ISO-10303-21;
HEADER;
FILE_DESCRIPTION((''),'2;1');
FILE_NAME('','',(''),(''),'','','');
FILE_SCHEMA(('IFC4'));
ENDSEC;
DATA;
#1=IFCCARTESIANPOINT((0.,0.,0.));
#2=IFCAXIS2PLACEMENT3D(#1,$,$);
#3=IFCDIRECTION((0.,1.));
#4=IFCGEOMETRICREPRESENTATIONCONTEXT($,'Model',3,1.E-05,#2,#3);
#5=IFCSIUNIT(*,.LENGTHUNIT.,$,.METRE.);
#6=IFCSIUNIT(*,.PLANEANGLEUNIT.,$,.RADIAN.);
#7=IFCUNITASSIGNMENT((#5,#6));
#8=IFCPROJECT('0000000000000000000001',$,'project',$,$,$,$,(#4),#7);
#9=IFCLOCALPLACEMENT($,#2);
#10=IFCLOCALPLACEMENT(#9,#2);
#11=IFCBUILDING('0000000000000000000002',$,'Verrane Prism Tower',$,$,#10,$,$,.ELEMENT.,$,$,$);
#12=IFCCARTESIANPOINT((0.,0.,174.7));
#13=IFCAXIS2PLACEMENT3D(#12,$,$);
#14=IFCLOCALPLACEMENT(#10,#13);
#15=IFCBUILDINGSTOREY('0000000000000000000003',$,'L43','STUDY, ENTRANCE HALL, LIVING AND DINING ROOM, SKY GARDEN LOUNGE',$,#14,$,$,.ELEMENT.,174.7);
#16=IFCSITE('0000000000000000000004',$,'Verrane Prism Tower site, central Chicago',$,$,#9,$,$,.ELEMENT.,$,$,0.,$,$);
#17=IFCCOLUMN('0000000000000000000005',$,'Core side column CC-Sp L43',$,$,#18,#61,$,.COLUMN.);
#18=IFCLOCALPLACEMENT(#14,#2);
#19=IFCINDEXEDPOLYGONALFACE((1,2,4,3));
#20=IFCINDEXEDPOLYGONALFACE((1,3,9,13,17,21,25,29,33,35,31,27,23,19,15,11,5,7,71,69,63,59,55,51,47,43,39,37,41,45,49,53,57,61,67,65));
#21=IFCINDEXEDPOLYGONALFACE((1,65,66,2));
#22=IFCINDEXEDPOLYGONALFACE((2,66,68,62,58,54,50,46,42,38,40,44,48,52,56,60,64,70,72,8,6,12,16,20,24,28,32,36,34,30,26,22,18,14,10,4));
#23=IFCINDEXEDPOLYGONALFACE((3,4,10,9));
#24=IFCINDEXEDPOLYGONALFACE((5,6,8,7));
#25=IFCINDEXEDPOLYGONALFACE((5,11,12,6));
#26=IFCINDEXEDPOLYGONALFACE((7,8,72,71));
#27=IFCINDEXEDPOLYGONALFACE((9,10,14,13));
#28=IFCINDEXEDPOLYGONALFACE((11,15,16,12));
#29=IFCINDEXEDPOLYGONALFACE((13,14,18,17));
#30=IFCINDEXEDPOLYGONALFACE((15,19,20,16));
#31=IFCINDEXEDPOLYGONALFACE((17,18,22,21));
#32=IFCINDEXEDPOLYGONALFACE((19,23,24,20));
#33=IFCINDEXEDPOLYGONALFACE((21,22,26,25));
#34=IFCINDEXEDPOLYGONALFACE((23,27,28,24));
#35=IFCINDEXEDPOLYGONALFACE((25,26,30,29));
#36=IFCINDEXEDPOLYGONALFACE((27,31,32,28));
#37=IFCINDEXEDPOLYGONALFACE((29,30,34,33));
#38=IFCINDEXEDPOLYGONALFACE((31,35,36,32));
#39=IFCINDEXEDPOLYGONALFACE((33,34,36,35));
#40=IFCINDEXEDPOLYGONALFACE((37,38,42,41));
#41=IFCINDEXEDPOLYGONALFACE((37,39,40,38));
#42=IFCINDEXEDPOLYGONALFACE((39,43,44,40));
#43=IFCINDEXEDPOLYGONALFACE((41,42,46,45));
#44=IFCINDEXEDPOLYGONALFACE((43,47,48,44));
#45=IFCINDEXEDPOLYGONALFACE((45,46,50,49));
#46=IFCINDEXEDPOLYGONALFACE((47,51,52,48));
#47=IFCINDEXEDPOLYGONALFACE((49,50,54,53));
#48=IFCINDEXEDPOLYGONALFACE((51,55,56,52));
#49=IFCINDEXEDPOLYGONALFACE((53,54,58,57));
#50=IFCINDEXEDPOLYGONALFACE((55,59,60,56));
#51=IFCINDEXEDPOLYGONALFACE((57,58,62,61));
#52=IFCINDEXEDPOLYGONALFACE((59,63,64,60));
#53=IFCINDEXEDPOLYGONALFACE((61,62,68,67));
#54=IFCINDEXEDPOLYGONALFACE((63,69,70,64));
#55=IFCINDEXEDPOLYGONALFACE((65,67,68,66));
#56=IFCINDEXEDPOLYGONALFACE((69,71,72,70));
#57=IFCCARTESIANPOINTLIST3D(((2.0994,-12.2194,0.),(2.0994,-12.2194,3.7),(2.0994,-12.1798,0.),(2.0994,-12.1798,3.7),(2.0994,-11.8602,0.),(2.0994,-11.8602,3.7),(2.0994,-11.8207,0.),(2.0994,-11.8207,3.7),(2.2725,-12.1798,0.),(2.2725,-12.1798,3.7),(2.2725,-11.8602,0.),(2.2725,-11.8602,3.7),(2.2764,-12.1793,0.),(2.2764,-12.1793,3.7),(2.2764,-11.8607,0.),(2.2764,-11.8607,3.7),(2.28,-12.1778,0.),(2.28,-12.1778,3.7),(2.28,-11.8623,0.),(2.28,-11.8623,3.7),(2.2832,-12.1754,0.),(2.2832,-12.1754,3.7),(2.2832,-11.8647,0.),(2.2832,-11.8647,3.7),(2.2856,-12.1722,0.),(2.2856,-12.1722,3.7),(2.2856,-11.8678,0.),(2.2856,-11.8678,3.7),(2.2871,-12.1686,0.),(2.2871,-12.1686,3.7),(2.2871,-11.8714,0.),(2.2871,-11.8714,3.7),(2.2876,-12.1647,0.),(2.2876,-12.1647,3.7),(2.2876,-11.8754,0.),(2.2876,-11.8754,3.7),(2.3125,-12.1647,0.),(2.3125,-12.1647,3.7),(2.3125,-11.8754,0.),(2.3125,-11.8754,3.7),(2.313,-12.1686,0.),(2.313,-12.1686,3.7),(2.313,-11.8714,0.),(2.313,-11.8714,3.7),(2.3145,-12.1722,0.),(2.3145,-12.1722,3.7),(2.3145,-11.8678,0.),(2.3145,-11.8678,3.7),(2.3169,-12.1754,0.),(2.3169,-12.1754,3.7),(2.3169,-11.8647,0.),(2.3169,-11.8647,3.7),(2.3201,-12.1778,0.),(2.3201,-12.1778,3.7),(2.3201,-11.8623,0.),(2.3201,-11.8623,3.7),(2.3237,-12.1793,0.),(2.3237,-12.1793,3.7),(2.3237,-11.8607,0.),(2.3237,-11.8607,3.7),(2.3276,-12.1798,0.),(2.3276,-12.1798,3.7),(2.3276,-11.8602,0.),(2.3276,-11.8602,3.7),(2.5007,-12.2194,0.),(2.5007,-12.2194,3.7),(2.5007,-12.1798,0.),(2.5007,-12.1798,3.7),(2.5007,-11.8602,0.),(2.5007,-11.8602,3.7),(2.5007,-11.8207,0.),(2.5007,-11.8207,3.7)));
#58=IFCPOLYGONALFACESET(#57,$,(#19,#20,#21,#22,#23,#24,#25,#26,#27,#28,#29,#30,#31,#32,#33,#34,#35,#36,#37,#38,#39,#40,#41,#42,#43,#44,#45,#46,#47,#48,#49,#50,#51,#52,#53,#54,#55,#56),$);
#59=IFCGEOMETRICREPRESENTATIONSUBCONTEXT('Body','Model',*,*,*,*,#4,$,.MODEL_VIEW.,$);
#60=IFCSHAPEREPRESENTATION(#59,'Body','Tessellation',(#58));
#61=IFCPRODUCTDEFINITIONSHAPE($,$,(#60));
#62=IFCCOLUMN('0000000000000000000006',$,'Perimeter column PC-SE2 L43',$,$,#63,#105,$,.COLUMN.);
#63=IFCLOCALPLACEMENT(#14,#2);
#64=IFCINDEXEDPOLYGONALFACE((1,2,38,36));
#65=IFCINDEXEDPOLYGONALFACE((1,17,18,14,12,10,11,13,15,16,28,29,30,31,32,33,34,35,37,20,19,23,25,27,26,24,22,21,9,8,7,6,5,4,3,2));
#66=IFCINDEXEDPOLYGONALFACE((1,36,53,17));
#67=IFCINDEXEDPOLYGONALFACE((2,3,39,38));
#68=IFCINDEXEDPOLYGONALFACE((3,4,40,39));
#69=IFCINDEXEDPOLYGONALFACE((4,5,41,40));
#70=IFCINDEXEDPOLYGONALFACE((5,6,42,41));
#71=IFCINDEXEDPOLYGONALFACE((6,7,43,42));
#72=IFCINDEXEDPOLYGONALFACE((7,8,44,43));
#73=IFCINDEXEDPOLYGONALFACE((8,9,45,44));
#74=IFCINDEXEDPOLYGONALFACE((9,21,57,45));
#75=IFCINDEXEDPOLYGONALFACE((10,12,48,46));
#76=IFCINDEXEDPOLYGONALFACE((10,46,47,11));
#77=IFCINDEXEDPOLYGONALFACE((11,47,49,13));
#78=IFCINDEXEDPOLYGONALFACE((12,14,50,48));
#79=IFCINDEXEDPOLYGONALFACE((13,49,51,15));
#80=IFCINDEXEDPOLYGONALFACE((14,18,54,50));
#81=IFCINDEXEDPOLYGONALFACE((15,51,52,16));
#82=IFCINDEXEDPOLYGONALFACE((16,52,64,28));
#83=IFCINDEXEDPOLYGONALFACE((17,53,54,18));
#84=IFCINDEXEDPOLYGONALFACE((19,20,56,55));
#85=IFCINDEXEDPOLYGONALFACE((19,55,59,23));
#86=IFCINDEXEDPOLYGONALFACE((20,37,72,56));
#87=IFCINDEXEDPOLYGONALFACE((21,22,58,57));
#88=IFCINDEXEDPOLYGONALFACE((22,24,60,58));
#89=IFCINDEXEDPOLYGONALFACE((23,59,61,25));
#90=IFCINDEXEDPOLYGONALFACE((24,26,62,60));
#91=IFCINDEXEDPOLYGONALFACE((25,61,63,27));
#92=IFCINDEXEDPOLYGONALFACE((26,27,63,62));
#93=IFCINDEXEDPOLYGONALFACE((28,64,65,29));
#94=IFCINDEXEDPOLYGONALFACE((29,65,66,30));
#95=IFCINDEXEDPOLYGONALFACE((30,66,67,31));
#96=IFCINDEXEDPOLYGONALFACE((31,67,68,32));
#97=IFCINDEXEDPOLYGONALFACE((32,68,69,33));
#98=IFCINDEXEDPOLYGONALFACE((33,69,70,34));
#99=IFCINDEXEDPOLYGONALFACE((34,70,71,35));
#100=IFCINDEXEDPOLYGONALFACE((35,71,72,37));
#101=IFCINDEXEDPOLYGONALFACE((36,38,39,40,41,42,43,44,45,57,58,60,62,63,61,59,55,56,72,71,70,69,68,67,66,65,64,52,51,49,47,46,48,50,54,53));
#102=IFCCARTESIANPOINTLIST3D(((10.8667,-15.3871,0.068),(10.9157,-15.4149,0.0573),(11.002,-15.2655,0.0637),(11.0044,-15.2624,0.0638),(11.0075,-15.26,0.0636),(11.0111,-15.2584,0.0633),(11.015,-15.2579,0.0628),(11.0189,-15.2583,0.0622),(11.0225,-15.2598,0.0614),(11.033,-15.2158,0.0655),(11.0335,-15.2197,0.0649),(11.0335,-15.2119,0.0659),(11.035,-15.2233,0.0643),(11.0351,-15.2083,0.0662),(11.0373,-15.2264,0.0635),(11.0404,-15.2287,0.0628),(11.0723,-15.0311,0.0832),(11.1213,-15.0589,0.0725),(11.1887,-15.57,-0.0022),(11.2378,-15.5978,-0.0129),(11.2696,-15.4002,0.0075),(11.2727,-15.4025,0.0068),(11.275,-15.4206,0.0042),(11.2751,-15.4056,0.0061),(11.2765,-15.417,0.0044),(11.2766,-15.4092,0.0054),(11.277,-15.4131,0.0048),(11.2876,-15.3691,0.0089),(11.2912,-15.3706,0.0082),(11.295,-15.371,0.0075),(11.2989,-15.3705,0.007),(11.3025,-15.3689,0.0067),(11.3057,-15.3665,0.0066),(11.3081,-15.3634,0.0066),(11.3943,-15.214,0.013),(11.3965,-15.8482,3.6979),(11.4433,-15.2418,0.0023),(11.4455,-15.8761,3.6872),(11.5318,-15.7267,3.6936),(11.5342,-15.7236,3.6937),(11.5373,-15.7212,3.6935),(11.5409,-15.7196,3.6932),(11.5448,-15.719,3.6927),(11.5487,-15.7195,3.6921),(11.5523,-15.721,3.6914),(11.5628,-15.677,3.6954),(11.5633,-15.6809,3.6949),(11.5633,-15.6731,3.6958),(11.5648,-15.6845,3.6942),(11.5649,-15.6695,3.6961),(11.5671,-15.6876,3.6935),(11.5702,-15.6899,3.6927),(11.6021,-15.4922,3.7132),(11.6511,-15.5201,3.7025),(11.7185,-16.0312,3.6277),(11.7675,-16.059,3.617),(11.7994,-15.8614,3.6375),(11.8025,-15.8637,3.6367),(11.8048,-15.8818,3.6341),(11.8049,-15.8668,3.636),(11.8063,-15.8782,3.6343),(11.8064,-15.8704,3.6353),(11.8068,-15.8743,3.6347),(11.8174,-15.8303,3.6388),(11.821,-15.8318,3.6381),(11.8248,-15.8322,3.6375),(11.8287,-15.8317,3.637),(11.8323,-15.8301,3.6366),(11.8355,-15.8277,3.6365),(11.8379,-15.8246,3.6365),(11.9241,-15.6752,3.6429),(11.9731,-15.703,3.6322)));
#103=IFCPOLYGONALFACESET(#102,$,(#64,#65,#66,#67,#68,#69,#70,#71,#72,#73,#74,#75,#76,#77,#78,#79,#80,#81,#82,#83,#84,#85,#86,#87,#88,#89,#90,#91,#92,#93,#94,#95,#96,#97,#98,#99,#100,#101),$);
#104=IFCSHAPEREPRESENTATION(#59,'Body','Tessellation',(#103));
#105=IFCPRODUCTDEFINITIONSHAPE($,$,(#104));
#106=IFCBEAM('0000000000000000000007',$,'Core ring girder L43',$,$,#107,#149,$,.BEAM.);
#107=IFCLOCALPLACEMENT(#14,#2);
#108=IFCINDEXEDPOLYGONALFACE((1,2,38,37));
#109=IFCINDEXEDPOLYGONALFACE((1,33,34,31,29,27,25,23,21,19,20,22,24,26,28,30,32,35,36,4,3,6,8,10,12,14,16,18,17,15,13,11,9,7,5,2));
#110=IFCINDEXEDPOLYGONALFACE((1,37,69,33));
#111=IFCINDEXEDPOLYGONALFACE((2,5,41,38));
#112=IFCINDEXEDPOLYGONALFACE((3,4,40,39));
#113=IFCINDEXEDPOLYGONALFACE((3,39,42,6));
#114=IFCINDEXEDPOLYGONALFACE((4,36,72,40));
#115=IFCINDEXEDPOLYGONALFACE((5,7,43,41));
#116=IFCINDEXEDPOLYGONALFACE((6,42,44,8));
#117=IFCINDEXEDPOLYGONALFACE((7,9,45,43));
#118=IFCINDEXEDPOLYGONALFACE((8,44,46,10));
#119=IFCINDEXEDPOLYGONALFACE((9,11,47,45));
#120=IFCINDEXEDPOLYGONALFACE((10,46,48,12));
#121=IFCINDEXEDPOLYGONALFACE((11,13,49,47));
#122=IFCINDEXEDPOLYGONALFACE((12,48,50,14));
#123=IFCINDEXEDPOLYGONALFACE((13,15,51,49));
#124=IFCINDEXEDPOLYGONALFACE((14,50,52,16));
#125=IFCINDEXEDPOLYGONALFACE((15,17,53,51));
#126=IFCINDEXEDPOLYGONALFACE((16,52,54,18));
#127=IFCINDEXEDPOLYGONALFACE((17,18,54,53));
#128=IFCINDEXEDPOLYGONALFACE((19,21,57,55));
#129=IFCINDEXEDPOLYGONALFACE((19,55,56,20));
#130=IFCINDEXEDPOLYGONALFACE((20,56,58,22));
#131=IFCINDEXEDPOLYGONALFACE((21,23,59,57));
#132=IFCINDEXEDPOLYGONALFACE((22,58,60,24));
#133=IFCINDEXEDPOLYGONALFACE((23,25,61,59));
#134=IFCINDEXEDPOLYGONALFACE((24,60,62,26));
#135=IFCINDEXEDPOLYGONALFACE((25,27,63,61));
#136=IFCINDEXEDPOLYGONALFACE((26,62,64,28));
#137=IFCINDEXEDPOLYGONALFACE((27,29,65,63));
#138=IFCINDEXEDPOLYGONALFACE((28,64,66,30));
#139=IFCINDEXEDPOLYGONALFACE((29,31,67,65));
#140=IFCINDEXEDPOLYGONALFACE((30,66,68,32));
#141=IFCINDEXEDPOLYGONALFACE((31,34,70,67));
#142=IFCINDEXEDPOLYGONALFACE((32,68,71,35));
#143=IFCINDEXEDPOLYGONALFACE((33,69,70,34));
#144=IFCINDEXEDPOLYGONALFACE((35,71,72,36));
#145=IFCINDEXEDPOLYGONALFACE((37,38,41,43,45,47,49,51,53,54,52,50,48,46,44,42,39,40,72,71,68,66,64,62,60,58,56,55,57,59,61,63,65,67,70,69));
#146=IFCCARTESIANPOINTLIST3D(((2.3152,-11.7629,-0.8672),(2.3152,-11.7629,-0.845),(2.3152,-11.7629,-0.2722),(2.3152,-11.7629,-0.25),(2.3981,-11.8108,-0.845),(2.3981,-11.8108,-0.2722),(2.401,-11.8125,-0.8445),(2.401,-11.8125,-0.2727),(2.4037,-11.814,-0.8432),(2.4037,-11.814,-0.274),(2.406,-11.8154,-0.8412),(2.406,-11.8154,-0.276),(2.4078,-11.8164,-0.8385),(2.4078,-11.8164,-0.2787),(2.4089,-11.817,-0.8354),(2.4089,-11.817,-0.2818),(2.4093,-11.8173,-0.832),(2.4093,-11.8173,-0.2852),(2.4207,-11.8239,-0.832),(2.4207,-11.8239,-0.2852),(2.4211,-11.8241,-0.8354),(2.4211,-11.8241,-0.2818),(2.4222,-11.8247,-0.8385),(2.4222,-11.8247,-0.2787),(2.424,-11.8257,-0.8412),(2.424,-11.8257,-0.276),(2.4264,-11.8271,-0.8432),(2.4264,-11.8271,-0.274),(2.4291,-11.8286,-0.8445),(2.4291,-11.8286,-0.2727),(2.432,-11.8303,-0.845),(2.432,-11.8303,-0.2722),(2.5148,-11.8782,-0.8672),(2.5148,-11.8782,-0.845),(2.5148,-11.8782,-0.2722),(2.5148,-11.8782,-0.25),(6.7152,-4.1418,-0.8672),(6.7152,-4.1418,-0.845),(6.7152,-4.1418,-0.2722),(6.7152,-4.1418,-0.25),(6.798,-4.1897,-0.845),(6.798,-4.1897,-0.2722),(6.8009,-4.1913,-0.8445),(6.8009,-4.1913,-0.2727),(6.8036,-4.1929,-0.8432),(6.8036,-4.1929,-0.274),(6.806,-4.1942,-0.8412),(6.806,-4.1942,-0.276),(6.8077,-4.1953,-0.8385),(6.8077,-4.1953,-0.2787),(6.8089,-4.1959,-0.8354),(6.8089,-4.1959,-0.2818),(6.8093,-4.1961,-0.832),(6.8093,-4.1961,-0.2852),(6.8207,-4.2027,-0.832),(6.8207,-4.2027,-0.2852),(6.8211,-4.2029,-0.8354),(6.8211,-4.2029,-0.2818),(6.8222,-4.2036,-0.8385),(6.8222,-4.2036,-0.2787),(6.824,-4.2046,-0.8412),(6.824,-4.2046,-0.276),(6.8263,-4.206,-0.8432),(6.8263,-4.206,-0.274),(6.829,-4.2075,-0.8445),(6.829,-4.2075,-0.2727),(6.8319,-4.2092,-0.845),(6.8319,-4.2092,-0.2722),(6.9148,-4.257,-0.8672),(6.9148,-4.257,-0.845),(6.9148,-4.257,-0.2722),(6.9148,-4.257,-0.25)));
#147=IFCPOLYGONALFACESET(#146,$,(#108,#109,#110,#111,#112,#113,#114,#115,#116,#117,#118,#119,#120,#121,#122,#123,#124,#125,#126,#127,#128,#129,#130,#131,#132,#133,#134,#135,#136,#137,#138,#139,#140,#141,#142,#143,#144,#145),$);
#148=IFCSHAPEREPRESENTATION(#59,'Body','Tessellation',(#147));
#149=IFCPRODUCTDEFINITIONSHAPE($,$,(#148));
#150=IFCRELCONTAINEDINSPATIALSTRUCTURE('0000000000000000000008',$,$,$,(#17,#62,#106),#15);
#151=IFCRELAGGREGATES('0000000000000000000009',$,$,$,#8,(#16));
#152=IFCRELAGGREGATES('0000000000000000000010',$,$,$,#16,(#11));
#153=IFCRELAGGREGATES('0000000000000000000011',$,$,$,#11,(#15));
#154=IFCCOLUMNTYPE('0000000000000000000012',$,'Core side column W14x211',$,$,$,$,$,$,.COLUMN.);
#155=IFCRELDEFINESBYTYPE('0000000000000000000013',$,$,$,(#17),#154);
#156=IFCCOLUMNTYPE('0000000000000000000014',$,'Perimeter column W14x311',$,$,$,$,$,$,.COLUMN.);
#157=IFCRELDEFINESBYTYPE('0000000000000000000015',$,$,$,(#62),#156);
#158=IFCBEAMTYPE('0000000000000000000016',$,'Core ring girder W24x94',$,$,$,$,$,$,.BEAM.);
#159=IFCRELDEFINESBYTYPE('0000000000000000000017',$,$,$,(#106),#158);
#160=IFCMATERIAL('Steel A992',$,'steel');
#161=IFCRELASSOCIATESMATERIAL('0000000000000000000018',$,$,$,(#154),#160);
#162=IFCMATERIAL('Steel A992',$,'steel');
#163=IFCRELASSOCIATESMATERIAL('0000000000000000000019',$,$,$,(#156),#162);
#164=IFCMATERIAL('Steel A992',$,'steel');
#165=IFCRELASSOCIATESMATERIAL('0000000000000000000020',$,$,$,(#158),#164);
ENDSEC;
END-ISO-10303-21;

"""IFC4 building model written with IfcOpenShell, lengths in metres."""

from ifc_helpers import new_model, si_unit, direction, frame, origin, origin_2d, place, context, subcontext, project, spatial, i_section, extrude, material, material_profile, profile_set, type_object, element, save


model = new_model("IFC4")

# Units and contexts
model_context = context("Model", 3, precision=1e-05, world=origin(), true_north=direction((0.0, 1.0)))
body_context = subcontext(model_context, "Body", "Model", "MODEL_VIEW")
ifc_project = project(units=[si_unit("LENGTHUNIT", "METRE"), si_unit("PLANEANGLEUNIT", "RADIAN")], contexts=[model_context])

# Site, building, storey
site_placement = place(None, origin())
site = spatial("IfcSite", under=ifc_project, at=site_placement, Name="Verrane Prism Tower site, central Chicago", CompositionType="ELEMENT", RefElevation=0.0)
building_placement = place(site_placement, origin())
building = spatial("IfcBuilding", under=site, at=building_placement, Name="Verrane Prism Tower", CompositionType="ELEMENT")
storey_placement = place(building_placement, frame((0.0, 0.0, 174.7)))
storey = spatial("IfcBuildingStorey", under=building, at=storey_placement, Name="L43", Description="STUDY, ENTRANCE HALL, LIVING AND DINING ROOM, SKY GARDEN LOUNGE", CompositionType="ELEMENT", Elevation=174.7)

# Columns
ifc_material_1 = material(Name="Steel A992", Category="steel")
ifc_material_profile_1 = material_profile(ifc_material_1, i_section(OverallWidth=0.4014, OverallDepth=0.3987, WebThickness=0.0249, FlangeThickness=0.0396, FilletRadius=0.0151, at=origin_2d()), Name="W14x211")
ifc_profile_set_1 = profile_set([ifc_material_profile_1], Name="Steel A992")
column_type_1 = type_object("IfcColumnType", Name="Core side column W14x211", PredefinedType="COLUMN", material=ifc_profile_set_1)
column_1_placement = place(storey_placement, frame((2.3, -12.02, 0.0), z_axis=(0.0, 0.0, 1.0), x_axis=(1.0, 0.0, 0.0)))
element("IfcColumn", 1, at=column_1_placement, inside=storey, type_object=column_type_1, Name="Core side column CC-Sp L43", PredefinedType="COLUMN", context=body_context, shape_type="SweptSolid", body=[
    extrude(i_section(OverallWidth=0.4014, OverallDepth=0.3987, WebThickness=0.0249, FlangeThickness=0.0396, FilletRadius=0.0151, at=origin_2d()), origin(), (0.0, 0.0, 1.0), 3.7),
])
ifc_material_2 = material(Name="Steel A992", Category="steel")
ifc_material_profile_2 = material_profile(ifc_material_2, i_section(OverallWidth=0.4114, OverallDepth=0.4343, WebThickness=0.0359, FlangeThickness=0.0574, FilletRadius=0.0151, at=origin_2d()), Name="W14x311")
ifc_profile_set_2 = profile_set([ifc_material_profile_2], Name="Steel A992")
column_type_2 = type_object("IfcColumnType", Name="Perimeter column W14x311", PredefinedType="COLUMN", material=ifc_profile_set_2)
column_2_placement = place(storey_placement, frame((11.155, -15.3145, 0.0352), z_axis=(0.143293, -0.124738, 0.981788), x_axis=(-0.499726, -0.865392, -0.037014)))
element("IfcColumn", 2, at=column_2_placement, inside=storey, type_object=column_type_2, Name="Perimeter column PC-SE2 L43", PredefinedType="COLUMN", context=body_context, shape_type="SweptSolid", body=[
    extrude(i_section(OverallWidth=0.4114, OverallDepth=0.4343, WebThickness=0.0359, FlangeThickness=0.0574, FilletRadius=0.0151, at=origin_2d()), origin(), (0.0, 0.0, 1.0), 3.6973),
])

# Beam
ifc_material_3 = material(Name="Steel A992", Category="steel")
ifc_material_profile_3 = material_profile(ifc_material_3, i_section(OverallWidth=0.2305, OverallDepth=0.6172, WebThickness=0.0132, FlangeThickness=0.0222, FilletRadius=0.0129, at=origin_2d()), Name="W24x94")
ifc_profile_set_3 = profile_set([ifc_material_profile_3], Name="Steel A992")
beam_type_1 = type_object("IfcBeamType", Name="Core ring girder W24x94", PredefinedType="BEAM", material=ifc_profile_set_3)
beam_1_placement = place(storey_placement, frame((2.415, -11.8206, -0.5586), z_axis=(0.499988, 0.866032, 0.0), x_axis=(-0.866032, 0.499988, 0.0)))
element("IfcBeam", 3, at=beam_1_placement, inside=storey, type_object=beam_type_1, Name="Core ring girder L43", PredefinedType="BEAM", context=body_context, shape_type="SweptSolid", body=[
    extrude(i_section(OverallWidth=0.2305, OverallDepth=0.6172, WebThickness=0.0132, FlangeThickness=0.0222, FilletRadius=0.0129, at=origin_2d()), origin(), (0.0, 0.0, 1.0), 8.8),
])

save(model, "model.ifc")
